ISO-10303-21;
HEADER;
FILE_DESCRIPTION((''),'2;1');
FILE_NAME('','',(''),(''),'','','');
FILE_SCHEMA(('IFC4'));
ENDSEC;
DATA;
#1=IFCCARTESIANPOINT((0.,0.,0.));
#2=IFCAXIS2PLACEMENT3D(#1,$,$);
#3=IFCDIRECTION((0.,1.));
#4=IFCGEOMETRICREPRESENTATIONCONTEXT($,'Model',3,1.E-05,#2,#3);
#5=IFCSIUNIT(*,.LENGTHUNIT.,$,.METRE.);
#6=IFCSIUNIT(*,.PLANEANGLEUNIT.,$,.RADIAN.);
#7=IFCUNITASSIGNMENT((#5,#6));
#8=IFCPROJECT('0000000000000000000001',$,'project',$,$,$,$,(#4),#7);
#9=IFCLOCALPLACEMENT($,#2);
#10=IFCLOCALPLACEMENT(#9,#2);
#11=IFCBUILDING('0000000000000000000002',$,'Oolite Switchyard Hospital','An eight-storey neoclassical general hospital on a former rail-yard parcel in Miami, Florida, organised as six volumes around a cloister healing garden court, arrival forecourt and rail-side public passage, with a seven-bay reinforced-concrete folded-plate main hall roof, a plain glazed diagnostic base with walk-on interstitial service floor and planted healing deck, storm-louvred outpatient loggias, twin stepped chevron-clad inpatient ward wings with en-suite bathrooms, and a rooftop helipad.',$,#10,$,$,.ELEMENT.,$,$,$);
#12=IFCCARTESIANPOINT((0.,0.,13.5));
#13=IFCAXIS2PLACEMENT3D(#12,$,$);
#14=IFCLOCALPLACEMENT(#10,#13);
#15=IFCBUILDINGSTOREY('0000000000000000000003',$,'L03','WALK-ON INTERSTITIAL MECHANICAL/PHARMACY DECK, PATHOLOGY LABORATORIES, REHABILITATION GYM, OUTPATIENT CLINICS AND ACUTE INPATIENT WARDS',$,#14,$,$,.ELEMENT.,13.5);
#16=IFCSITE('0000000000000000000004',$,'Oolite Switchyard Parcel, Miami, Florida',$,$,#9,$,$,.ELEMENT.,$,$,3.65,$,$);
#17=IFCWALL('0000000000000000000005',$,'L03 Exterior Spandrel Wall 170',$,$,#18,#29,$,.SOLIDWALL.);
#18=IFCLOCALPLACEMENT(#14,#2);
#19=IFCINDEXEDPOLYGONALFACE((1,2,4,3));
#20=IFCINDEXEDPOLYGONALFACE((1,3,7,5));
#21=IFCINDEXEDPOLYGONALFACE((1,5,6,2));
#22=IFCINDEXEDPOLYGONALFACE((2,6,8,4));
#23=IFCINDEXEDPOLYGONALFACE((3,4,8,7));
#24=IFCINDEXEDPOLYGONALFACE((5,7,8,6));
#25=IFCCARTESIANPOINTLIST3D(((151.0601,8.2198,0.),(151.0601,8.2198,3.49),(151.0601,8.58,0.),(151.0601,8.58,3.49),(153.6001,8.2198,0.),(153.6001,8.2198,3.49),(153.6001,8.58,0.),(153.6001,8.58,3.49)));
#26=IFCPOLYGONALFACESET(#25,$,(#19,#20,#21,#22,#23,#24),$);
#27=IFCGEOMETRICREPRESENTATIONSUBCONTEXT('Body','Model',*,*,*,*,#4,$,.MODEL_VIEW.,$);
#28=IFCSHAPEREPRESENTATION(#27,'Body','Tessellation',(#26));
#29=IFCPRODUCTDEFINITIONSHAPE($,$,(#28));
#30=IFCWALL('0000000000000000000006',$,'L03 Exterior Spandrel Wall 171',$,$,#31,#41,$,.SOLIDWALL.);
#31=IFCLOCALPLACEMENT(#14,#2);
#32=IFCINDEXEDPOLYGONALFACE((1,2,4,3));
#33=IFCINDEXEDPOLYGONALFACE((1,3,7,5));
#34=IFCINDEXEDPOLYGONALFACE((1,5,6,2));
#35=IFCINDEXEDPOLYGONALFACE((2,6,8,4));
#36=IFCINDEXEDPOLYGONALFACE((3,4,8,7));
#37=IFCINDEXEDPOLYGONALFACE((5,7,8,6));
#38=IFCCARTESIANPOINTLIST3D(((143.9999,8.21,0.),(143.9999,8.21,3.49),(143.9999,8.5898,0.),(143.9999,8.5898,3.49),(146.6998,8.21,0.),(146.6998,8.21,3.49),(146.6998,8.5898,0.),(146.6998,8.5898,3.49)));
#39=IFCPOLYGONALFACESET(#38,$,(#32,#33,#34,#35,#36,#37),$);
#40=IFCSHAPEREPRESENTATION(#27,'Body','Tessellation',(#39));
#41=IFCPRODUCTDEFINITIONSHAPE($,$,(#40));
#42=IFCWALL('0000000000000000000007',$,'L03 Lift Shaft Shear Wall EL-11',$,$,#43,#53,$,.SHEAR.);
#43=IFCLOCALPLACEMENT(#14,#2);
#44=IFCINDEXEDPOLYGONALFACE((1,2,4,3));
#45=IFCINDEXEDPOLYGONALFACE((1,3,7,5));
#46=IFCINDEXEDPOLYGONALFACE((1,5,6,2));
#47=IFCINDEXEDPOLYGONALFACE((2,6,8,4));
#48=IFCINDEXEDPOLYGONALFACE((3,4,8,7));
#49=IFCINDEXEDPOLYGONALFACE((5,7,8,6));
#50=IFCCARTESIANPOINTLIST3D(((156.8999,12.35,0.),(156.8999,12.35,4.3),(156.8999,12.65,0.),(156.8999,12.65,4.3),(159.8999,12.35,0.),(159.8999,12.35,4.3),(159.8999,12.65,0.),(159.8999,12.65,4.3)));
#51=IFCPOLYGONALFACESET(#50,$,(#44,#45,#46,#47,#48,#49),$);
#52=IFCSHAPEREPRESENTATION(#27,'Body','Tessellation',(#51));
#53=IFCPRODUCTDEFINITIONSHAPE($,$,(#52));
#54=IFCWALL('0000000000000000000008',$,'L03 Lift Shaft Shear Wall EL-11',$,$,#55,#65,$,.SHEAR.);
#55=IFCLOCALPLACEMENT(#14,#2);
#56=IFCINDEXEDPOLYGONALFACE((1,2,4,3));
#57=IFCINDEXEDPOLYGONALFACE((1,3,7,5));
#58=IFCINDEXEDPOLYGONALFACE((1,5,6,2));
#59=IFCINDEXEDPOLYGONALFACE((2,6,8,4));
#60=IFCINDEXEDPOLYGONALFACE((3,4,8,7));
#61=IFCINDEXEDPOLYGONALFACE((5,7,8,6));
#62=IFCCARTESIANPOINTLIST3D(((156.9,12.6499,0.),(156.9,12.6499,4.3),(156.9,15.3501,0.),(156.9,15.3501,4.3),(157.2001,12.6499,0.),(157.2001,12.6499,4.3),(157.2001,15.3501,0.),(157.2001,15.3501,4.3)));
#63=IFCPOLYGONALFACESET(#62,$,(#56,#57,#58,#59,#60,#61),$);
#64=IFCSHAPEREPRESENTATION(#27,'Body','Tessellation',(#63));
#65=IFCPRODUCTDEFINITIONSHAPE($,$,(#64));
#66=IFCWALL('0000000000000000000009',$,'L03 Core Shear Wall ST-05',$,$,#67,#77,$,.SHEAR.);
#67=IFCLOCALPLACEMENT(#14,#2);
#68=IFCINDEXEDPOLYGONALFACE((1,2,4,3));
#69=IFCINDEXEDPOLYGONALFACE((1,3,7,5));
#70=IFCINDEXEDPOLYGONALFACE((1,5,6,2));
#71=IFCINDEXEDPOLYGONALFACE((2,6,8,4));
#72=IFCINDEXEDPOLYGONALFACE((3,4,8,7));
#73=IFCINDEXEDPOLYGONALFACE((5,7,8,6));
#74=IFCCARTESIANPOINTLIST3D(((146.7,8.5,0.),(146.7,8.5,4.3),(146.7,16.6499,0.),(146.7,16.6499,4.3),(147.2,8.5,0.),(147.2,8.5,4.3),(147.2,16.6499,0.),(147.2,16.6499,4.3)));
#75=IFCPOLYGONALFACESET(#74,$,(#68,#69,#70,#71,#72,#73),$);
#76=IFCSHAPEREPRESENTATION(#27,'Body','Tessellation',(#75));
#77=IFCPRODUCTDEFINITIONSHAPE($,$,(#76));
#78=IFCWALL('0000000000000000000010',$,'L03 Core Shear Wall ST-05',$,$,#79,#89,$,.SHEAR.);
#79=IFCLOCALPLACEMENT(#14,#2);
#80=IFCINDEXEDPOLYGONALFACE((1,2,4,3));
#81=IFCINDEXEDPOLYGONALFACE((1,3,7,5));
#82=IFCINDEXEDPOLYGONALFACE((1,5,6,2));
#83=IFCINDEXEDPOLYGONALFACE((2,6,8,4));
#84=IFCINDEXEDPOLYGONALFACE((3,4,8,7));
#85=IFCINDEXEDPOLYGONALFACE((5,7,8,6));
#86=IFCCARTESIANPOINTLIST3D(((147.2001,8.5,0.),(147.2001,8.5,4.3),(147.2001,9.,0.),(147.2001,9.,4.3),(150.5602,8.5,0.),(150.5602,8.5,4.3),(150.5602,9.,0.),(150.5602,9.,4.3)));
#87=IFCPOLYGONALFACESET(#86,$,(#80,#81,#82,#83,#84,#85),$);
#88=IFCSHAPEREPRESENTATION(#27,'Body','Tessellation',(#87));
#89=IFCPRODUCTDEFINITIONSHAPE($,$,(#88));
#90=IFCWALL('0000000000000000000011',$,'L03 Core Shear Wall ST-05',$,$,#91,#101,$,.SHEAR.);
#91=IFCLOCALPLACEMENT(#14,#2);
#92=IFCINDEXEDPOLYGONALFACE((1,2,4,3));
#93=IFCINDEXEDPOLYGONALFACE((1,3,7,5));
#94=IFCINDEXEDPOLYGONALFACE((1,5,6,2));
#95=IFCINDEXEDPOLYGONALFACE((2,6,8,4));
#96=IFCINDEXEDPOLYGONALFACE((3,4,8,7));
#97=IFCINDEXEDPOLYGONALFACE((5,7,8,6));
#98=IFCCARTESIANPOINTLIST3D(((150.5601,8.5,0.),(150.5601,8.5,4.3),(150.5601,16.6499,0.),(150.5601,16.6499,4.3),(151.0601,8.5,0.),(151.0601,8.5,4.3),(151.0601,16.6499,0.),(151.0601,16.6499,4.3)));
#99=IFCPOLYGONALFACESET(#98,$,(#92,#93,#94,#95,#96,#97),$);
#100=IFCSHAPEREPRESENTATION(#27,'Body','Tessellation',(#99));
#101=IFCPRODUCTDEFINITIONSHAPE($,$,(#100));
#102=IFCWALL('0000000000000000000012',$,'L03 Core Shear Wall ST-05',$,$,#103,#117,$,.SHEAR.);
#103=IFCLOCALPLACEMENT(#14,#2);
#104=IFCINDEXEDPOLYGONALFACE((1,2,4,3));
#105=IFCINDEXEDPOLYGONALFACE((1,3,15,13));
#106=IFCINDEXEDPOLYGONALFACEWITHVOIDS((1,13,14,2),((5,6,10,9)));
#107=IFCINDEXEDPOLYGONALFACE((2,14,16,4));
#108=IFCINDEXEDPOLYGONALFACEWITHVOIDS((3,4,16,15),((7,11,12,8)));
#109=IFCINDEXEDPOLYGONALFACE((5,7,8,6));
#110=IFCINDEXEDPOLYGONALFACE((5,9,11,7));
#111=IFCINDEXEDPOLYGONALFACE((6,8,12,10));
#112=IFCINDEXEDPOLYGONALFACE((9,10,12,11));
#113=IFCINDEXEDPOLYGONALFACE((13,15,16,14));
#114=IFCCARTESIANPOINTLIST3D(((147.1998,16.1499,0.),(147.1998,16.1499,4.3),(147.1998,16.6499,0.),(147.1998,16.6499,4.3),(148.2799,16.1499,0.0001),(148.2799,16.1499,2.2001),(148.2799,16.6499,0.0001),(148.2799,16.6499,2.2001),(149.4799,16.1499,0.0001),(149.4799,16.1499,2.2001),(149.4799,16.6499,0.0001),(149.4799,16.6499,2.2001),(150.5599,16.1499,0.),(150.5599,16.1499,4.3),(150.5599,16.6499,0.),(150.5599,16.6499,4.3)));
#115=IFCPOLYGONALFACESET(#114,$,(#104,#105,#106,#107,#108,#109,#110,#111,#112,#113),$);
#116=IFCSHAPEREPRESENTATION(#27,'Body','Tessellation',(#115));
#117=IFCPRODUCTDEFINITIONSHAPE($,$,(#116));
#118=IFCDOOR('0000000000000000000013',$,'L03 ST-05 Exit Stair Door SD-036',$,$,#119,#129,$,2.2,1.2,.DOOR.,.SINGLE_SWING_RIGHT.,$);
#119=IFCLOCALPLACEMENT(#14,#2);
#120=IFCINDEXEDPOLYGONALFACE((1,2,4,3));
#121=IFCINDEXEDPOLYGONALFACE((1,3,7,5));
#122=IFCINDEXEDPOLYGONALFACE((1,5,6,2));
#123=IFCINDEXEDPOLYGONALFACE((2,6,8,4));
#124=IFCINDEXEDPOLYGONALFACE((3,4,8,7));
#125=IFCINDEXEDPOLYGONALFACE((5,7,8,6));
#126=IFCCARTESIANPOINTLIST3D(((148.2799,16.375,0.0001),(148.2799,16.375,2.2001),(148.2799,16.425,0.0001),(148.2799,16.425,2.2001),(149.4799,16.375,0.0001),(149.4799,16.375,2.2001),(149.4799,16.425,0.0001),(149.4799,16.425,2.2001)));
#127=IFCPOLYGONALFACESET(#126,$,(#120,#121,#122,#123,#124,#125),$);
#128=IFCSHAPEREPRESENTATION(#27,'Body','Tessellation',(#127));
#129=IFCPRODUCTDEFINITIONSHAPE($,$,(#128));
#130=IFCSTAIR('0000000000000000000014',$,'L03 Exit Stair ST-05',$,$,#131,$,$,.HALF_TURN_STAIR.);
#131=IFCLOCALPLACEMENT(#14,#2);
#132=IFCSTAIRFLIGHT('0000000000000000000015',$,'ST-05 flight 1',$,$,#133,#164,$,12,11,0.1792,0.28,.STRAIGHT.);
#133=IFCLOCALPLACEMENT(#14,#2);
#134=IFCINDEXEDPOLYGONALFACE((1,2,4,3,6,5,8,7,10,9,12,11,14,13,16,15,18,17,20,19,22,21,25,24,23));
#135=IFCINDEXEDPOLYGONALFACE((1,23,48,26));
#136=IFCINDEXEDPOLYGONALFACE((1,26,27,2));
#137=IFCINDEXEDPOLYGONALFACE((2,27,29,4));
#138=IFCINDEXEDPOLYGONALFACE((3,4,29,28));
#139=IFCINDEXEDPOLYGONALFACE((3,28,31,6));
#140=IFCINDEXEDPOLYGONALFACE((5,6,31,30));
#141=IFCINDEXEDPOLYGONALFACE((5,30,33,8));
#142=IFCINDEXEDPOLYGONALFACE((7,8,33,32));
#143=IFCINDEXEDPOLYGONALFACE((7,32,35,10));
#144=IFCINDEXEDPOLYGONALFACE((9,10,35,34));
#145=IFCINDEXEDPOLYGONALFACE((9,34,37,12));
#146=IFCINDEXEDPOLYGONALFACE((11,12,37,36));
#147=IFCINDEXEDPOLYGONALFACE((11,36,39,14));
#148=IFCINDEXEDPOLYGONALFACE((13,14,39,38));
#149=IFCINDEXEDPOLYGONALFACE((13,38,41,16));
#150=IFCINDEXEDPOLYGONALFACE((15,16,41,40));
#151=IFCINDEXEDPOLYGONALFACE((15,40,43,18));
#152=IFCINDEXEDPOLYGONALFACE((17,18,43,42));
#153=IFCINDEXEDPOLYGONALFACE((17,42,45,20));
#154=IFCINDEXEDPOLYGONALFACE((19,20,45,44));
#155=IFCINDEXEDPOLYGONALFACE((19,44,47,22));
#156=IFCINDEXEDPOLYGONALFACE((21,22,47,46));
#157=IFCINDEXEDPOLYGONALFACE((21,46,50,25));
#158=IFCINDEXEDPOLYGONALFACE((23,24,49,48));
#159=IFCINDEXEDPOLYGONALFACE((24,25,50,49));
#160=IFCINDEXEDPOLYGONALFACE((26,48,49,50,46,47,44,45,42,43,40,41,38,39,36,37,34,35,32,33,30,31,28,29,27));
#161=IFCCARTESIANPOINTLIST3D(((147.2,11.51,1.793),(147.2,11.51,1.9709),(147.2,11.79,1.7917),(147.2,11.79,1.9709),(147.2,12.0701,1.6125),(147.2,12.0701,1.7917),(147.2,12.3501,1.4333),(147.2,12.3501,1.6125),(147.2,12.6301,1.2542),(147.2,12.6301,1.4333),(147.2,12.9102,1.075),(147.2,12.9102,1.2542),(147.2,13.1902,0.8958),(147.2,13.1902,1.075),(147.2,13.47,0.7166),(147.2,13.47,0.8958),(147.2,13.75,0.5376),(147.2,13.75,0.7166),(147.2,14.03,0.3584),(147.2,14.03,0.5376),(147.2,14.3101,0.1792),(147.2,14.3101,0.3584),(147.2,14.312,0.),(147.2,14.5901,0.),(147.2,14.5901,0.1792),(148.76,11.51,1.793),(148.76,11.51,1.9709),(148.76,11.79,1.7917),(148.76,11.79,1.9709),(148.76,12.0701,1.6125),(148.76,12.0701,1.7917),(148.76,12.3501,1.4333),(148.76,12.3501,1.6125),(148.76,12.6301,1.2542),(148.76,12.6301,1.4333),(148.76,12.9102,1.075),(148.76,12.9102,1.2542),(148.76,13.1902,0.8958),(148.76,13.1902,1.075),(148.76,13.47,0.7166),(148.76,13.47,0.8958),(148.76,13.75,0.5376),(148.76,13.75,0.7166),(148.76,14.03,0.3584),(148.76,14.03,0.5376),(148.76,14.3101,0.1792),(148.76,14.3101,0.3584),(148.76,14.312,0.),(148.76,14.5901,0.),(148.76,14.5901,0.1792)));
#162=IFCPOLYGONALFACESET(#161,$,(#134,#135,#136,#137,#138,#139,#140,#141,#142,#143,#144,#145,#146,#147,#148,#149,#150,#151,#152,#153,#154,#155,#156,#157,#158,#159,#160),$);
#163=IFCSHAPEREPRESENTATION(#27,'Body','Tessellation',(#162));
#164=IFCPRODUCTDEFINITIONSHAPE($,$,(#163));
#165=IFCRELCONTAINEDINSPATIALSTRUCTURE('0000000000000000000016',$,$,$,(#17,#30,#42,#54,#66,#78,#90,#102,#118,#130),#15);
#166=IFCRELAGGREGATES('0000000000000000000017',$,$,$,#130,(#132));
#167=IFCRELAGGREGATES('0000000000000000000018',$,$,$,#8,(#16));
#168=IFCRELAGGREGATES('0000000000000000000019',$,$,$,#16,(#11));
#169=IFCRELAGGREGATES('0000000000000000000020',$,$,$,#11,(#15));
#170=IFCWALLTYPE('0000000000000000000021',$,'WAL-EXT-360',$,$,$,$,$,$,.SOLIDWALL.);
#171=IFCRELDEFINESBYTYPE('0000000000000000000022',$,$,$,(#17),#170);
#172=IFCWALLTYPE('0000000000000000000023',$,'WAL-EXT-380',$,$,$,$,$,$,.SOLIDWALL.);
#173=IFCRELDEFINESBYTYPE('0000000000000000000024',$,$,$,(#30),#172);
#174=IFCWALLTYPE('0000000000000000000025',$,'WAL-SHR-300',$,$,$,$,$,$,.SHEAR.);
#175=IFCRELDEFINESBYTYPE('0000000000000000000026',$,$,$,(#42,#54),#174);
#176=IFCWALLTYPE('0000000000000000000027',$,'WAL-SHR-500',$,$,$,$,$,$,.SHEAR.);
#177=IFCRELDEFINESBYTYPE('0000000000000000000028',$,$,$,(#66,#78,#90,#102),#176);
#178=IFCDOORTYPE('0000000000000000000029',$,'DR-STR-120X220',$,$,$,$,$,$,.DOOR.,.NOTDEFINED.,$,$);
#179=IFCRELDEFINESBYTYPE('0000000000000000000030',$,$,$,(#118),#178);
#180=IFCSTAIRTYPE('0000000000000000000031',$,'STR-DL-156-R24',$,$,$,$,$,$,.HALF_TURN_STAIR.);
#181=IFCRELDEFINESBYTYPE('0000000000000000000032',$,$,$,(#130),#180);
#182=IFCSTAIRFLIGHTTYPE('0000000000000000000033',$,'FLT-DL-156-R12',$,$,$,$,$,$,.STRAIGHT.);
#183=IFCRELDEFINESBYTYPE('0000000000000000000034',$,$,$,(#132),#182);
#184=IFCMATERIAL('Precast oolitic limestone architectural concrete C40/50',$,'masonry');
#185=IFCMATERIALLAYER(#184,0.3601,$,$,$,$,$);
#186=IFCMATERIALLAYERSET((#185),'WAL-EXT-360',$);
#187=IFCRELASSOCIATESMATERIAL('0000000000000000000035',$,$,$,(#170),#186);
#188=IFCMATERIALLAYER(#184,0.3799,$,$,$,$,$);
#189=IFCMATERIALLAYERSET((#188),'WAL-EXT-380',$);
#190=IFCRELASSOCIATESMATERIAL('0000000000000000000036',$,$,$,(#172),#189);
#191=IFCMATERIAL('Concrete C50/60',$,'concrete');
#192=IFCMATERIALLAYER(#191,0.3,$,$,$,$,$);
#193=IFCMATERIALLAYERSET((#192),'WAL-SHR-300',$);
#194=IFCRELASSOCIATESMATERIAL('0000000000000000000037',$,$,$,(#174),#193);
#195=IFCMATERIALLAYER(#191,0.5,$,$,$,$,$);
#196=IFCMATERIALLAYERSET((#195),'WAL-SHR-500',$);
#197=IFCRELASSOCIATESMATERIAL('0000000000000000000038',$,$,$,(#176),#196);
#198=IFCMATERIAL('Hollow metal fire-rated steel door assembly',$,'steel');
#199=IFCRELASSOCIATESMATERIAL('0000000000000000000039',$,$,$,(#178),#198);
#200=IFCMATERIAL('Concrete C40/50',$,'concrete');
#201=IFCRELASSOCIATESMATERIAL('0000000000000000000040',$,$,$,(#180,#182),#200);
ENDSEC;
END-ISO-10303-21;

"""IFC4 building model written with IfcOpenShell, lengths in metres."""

from ifc_helpers import new_model, si_unit, direction, frame, frame_2d, origin, place, context, subcontext, project, spatial, polyline, rectangle, outline, extrude, material, layer, layer_set, type_object, element, fill, aggregate, save


model = new_model("IFC4")

# Units and contexts
model_context = context("Model", 3, precision=1e-05, world=origin(), true_north=direction((0.0, 1.0)))
body_context = subcontext(model_context, "Body", "Model", "MODEL_VIEW")
ifc_project = project(units=[si_unit("LENGTHUNIT", "METRE"), si_unit("PLANEANGLEUNIT", "RADIAN")], contexts=[model_context])

# Site, building, storey
site_placement = place(None, origin())
site = spatial("IfcSite", under=ifc_project, at=site_placement, Name="Oolite Switchyard Parcel, Miami, Florida", CompositionType="ELEMENT", RefElevation=3.65)
building_placement = place(site_placement, origin())
building = spatial("IfcBuilding", under=site, at=building_placement, Name="Oolite Switchyard Hospital", Description="An eight-storey neoclassical general hospital on a former rail-yard parcel in Miami, Florida, organised as six volumes around a cloister healing garden court, arrival forecourt and rail-side public passage, with a seven-bay reinforced-concrete folded-plate main hall roof, a plain glazed diagnostic base with walk-on interstitial service floor and planted healing deck, storm-louvred outpatient loggias, twin stepped chevron-clad inpatient ward wings with en-suite bathrooms, and a rooftop helipad.", CompositionType="ELEMENT")
storey_placement = place(building_placement, frame((0.0, 0.0, 13.5)))
storey = spatial("IfcBuildingStorey", under=building, at=storey_placement, Name="L03", Description="WALK-ON INTERSTITIAL MECHANICAL/PHARMACY DECK, PATHOLOGY LABORATORIES, REHABILITATION GYM, OUTPATIENT CLINICS AND ACUTE INPATIENT WARDS", CompositionType="ELEMENT", Elevation=13.5)

# Shared definitions
ifc_material_1 = material(Name="Concrete C50/60", Category="concrete")

# Shared definitions
ifc_material_2 = material(Name="Concrete C40/50", Category="concrete")

# Walls
ifc_material_3 = material(Name="Precast oolitic limestone architectural concrete C40/50", Category="masonry")
ifc_layer_1 = layer(ifc_material_3, 0.3601)
ifc_layer_set_1 = layer_set([ifc_layer_1], Name="WAL-EXT-360")
wall_type_1 = type_object("IfcWallType", Name="WAL-EXT-360", PredefinedType="SOLIDWALL", material=ifc_layer_set_1)
wall_1_placement = place(storey_placement, frame((153.6001, 8.3999, 0.0), z_axis=(0.0, 0.0, 1.0), x_axis=(-1.0, 0.0, 0.0)))
element("IfcWall", 1, at=wall_1_placement, inside=storey, type_object=wall_type_1, Name="L03 Exterior Spandrel Wall 170", PredefinedType="SOLIDWALL", context=body_context, shape_type="SweptSolid", body=[
    extrude(rectangle(XDim=2.54, YDim=0.3601, at=frame_2d((1.27, 0.0))), origin(), (0.0, 0.0, 1.0), 3.49),
])
ifc_layer_2 = layer(ifc_material_3, 0.3799)
ifc_layer_set_2 = layer_set([ifc_layer_2], Name="WAL-EXT-380")
wall_type_2 = type_object("IfcWallType", Name="WAL-EXT-380", PredefinedType="SOLIDWALL", material=ifc_layer_set_2)
wall_2_placement = place(storey_placement, frame((146.7, 8.3999, 0.0), z_axis=(0.0, 0.0, 1.0), x_axis=(-1.0, 0.0, 0.0)))
element("IfcWall", 2, at=wall_2_placement, inside=storey, type_object=wall_type_2, Name="L03 Exterior Spandrel Wall 171", PredefinedType="SOLIDWALL", context=body_context, shape_type="SweptSolid", body=[
    extrude(rectangle(XDim=2.7, YDim=0.3799, at=frame_2d((1.3501, 0.0))), origin(), (0.0, 0.0, 1.0), 3.49),
])
ifc_layer_3 = layer(ifc_material_1, 0.3)
ifc_layer_set_3 = layer_set([ifc_layer_3], Name="WAL-SHR-300")
wall_type_3 = type_object("IfcWallType", Name="WAL-SHR-300", PredefinedType="SHEAR", material=ifc_layer_set_3)
wall_3_placement = place(storey_placement, frame((156.8999, 12.5, 0.0), z_axis=(0.0, 0.0, 1.0), x_axis=(1.0, 0.0, 0.0)))
element("IfcWall", 3, at=wall_3_placement, inside=storey, type_object=wall_type_3, Name="L03 Lift Shaft Shear Wall EL-11", PredefinedType="SHEAR", context=body_context, shape_type="SweptSolid", body=[
    extrude(rectangle(XDim=3.0, YDim=0.3, at=frame_2d((1.5, 0.0))), origin(), (0.0, 0.0, 1.0), 4.3),
])
wall_4_placement = place(storey_placement, frame((157.05, 15.3501, 0.0), z_axis=(0.0, 0.0, 1.0), x_axis=(0.0, -1.0, 0.0)))
element("IfcWall", 4, at=wall_4_placement, inside=storey, type_object=wall_type_3, Name="L03 Lift Shaft Shear Wall EL-11", PredefinedType="SHEAR", context=body_context, shape_type="SweptSolid", body=[
    extrude(rectangle(XDim=2.7002, YDim=0.3, at=frame_2d((1.3501, 0.0))), origin(), (0.0, 0.0, 1.0), 4.3),
])
ifc_layer_4 = layer(ifc_material_1, 0.5)
ifc_layer_set_4 = layer_set([ifc_layer_4], Name="WAL-SHR-500")
wall_type_4 = type_object("IfcWallType", Name="WAL-SHR-500", PredefinedType="SHEAR", material=ifc_layer_set_4)
wall_5_placement = place(storey_placement, frame((146.95, 16.6499, 0.0), z_axis=(0.0, 0.0, 1.0), x_axis=(0.0, -1.0, 0.0)))
element("IfcWall", 5, at=wall_5_placement, inside=storey, type_object=wall_type_4, Name="L03 Core Shear Wall ST-05", PredefinedType="SHEAR", context=body_context, shape_type="SweptSolid", body=[
    extrude(rectangle(XDim=8.1499, YDim=0.5, at=frame_2d((4.075, 0.0))), origin(), (0.0, 0.0, 1.0), 4.3),
])
wall_6_placement = place(storey_placement, frame((147.2, 8.75, 0.0), z_axis=(0.0, 0.0, 1.0), x_axis=(1.0, 0.0, 0.0)))
element("IfcWall", 6, at=wall_6_placement, inside=storey, type_object=wall_type_4, Name="L03 Core Shear Wall ST-05", PredefinedType="SHEAR", context=body_context, shape_type="SweptSolid", body=[
    extrude(rectangle(XDim=3.3601, YDim=0.5, at=frame_2d((1.6802, 0.0))), origin(), (0.0, 0.0, 1.0), 4.3),
])
wall_7_placement = place(storey_placement, frame((150.8101, 8.5, 0.0), z_axis=(0.0, 0.0, 1.0), x_axis=(0.0, 1.0, 0.0)))
element("IfcWall", 7, at=wall_7_placement, inside=storey, type_object=wall_type_4, Name="L03 Core Shear Wall ST-05", PredefinedType="SHEAR", context=body_context, shape_type="SweptSolid", body=[
    extrude(rectangle(XDim=8.1499, YDim=0.5, at=frame_2d((4.075, 0.0))), origin(), (0.0, 0.0, 1.0), 4.3),
])

# Wall, opening, door
wall_8_placement = place(storey_placement, frame((150.5601, 16.3999, 0.0), z_axis=(0.0, 0.0, 1.0), x_axis=(-1.0, 0.0, 0.0)))
wall_8 = element("IfcWall", 8, at=wall_8_placement, inside=storey, type_object=wall_type_4, Name="L03 Core Shear Wall ST-05", PredefinedType="SHEAR", context=body_context, shape_type="SweptSolid", body=[
    extrude(rectangle(XDim=3.3601, YDim=0.5, at=frame_2d((1.6802, 0.0))), origin(), (0.0, 0.0, 1.0), 4.3),
])
opening_placement = place(wall_8_placement, frame((1.0801, 0.0, 0.0)))
opening = element("IfcOpeningElement", 9, at=opening_placement, cuts=wall_8, PredefinedType="OPENING", context=body_context, shape_type="SweptSolid", body=[
    extrude(rectangle(XDim=1.2, YDim=2.2, at=frame_2d((0.6001, 1.1001))), frame((0.0, 0.26, 0.0), z_axis=(0.0, -1.0, 0.0), x_axis=(1.0, 0.0, 0.0)), (0.0, 0.0, 1.0), 0.52),
])
ifc_material_4 = material(Name="Hollow metal fire-rated steel door assembly", Category="steel")
door_type = type_object("IfcDoorType", Name="DR-STR-120X220", OperationType="NOTDEFINED", PredefinedType="DOOR", material=ifc_material_4)
door_placement = place(opening_placement, origin())
door = element("IfcDoor", 10, at=door_placement, inside=storey, type_object=door_type, Name="L03 ST-05 Exit Stair Door SD-036", OperationType="SINGLE_SWING_RIGHT", OverallHeight=2.2, OverallWidth=1.2, PredefinedType="DOOR", context=body_context, shape_type="SweptSolid", body=[
    extrude(rectangle(XDim=1.2, YDim=2.2, at=frame_2d((0.6001, 1.1001))), frame((0.0, 0.0249, 0.0), z_axis=(0.0, -1.0, 0.0), x_axis=(1.0, 0.0, 0.0)), (0.0, 0.0, 1.0), 0.05),
])
fill(opening, door)

# Stair, stair flight
stair_type = type_object("IfcStairType", Name="STR-DL-156-R24", PredefinedType="HALF_TURN_STAIR", material=ifc_material_2)
stair_placement = place(storey_placement, origin())
stair = element("IfcStair", 11, at=stair_placement, inside=storey, type_object=stair_type, Name="L03 Exit Stair ST-05", PredefinedType="HALF_TURN_STAIR")
stair_flight_type = type_object("IfcStairFlightType", Name="FLT-DL-156-R12", PredefinedType="STRAIGHT", material=ifc_material_2)
stair_flight_1_placement = place(storey_placement, frame((147.98, 14.5901, 0.0), z_axis=(0.0, 0.0, 1.0), x_axis=(0.0, -1.0, 0.0)))
stair_flight_1 = element("IfcStairFlight", 12, at=stair_flight_1_placement, type_object=stair_flight_type, Name="ST-05 flight 1", NumberOfRisers=12, NumberOfTreads=11, PredefinedType="STRAIGHT", RiserHeight=0.1792, TreadLength=0.28, context=body_context, shape_type="SweptSolid", body=[
    extrude(outline(polyline([(0.0, 0.0), (0.0, 0.1792), (0.28, 0.1792), (0.28, 0.3584), (0.5601, 0.3584), (0.5601, 0.5376), (0.8401, 0.5376), (0.8401, 0.7166), (1.1201, 0.7166), (1.1201, 0.8958), (1.3999, 0.8958), (1.3999, 1.075), (1.6799, 1.075), (1.6799, 1.2542), (1.96, 1.2542), (1.96, 1.4333), (2.24, 1.4333), (2.24, 1.6125), (2.52, 1.6125), (2.52, 1.7917), (2.8, 1.7917), (2.8, 1.9709), (3.0801, 1.9709), (3.0801, 2.1499), (3.0801, 1.793), (0.2781, 0.0), (0.0, 0.0)])), frame((0.0, 0.78, 0.0), z_axis=(0.0, -1.0, 0.0), x_axis=(1.0, 0.0, 0.0)), (0.0, 0.0, 1.0), 1.5601),
])
aggregate(stair, [stair_flight_1])

save(model, "model.ifc")
